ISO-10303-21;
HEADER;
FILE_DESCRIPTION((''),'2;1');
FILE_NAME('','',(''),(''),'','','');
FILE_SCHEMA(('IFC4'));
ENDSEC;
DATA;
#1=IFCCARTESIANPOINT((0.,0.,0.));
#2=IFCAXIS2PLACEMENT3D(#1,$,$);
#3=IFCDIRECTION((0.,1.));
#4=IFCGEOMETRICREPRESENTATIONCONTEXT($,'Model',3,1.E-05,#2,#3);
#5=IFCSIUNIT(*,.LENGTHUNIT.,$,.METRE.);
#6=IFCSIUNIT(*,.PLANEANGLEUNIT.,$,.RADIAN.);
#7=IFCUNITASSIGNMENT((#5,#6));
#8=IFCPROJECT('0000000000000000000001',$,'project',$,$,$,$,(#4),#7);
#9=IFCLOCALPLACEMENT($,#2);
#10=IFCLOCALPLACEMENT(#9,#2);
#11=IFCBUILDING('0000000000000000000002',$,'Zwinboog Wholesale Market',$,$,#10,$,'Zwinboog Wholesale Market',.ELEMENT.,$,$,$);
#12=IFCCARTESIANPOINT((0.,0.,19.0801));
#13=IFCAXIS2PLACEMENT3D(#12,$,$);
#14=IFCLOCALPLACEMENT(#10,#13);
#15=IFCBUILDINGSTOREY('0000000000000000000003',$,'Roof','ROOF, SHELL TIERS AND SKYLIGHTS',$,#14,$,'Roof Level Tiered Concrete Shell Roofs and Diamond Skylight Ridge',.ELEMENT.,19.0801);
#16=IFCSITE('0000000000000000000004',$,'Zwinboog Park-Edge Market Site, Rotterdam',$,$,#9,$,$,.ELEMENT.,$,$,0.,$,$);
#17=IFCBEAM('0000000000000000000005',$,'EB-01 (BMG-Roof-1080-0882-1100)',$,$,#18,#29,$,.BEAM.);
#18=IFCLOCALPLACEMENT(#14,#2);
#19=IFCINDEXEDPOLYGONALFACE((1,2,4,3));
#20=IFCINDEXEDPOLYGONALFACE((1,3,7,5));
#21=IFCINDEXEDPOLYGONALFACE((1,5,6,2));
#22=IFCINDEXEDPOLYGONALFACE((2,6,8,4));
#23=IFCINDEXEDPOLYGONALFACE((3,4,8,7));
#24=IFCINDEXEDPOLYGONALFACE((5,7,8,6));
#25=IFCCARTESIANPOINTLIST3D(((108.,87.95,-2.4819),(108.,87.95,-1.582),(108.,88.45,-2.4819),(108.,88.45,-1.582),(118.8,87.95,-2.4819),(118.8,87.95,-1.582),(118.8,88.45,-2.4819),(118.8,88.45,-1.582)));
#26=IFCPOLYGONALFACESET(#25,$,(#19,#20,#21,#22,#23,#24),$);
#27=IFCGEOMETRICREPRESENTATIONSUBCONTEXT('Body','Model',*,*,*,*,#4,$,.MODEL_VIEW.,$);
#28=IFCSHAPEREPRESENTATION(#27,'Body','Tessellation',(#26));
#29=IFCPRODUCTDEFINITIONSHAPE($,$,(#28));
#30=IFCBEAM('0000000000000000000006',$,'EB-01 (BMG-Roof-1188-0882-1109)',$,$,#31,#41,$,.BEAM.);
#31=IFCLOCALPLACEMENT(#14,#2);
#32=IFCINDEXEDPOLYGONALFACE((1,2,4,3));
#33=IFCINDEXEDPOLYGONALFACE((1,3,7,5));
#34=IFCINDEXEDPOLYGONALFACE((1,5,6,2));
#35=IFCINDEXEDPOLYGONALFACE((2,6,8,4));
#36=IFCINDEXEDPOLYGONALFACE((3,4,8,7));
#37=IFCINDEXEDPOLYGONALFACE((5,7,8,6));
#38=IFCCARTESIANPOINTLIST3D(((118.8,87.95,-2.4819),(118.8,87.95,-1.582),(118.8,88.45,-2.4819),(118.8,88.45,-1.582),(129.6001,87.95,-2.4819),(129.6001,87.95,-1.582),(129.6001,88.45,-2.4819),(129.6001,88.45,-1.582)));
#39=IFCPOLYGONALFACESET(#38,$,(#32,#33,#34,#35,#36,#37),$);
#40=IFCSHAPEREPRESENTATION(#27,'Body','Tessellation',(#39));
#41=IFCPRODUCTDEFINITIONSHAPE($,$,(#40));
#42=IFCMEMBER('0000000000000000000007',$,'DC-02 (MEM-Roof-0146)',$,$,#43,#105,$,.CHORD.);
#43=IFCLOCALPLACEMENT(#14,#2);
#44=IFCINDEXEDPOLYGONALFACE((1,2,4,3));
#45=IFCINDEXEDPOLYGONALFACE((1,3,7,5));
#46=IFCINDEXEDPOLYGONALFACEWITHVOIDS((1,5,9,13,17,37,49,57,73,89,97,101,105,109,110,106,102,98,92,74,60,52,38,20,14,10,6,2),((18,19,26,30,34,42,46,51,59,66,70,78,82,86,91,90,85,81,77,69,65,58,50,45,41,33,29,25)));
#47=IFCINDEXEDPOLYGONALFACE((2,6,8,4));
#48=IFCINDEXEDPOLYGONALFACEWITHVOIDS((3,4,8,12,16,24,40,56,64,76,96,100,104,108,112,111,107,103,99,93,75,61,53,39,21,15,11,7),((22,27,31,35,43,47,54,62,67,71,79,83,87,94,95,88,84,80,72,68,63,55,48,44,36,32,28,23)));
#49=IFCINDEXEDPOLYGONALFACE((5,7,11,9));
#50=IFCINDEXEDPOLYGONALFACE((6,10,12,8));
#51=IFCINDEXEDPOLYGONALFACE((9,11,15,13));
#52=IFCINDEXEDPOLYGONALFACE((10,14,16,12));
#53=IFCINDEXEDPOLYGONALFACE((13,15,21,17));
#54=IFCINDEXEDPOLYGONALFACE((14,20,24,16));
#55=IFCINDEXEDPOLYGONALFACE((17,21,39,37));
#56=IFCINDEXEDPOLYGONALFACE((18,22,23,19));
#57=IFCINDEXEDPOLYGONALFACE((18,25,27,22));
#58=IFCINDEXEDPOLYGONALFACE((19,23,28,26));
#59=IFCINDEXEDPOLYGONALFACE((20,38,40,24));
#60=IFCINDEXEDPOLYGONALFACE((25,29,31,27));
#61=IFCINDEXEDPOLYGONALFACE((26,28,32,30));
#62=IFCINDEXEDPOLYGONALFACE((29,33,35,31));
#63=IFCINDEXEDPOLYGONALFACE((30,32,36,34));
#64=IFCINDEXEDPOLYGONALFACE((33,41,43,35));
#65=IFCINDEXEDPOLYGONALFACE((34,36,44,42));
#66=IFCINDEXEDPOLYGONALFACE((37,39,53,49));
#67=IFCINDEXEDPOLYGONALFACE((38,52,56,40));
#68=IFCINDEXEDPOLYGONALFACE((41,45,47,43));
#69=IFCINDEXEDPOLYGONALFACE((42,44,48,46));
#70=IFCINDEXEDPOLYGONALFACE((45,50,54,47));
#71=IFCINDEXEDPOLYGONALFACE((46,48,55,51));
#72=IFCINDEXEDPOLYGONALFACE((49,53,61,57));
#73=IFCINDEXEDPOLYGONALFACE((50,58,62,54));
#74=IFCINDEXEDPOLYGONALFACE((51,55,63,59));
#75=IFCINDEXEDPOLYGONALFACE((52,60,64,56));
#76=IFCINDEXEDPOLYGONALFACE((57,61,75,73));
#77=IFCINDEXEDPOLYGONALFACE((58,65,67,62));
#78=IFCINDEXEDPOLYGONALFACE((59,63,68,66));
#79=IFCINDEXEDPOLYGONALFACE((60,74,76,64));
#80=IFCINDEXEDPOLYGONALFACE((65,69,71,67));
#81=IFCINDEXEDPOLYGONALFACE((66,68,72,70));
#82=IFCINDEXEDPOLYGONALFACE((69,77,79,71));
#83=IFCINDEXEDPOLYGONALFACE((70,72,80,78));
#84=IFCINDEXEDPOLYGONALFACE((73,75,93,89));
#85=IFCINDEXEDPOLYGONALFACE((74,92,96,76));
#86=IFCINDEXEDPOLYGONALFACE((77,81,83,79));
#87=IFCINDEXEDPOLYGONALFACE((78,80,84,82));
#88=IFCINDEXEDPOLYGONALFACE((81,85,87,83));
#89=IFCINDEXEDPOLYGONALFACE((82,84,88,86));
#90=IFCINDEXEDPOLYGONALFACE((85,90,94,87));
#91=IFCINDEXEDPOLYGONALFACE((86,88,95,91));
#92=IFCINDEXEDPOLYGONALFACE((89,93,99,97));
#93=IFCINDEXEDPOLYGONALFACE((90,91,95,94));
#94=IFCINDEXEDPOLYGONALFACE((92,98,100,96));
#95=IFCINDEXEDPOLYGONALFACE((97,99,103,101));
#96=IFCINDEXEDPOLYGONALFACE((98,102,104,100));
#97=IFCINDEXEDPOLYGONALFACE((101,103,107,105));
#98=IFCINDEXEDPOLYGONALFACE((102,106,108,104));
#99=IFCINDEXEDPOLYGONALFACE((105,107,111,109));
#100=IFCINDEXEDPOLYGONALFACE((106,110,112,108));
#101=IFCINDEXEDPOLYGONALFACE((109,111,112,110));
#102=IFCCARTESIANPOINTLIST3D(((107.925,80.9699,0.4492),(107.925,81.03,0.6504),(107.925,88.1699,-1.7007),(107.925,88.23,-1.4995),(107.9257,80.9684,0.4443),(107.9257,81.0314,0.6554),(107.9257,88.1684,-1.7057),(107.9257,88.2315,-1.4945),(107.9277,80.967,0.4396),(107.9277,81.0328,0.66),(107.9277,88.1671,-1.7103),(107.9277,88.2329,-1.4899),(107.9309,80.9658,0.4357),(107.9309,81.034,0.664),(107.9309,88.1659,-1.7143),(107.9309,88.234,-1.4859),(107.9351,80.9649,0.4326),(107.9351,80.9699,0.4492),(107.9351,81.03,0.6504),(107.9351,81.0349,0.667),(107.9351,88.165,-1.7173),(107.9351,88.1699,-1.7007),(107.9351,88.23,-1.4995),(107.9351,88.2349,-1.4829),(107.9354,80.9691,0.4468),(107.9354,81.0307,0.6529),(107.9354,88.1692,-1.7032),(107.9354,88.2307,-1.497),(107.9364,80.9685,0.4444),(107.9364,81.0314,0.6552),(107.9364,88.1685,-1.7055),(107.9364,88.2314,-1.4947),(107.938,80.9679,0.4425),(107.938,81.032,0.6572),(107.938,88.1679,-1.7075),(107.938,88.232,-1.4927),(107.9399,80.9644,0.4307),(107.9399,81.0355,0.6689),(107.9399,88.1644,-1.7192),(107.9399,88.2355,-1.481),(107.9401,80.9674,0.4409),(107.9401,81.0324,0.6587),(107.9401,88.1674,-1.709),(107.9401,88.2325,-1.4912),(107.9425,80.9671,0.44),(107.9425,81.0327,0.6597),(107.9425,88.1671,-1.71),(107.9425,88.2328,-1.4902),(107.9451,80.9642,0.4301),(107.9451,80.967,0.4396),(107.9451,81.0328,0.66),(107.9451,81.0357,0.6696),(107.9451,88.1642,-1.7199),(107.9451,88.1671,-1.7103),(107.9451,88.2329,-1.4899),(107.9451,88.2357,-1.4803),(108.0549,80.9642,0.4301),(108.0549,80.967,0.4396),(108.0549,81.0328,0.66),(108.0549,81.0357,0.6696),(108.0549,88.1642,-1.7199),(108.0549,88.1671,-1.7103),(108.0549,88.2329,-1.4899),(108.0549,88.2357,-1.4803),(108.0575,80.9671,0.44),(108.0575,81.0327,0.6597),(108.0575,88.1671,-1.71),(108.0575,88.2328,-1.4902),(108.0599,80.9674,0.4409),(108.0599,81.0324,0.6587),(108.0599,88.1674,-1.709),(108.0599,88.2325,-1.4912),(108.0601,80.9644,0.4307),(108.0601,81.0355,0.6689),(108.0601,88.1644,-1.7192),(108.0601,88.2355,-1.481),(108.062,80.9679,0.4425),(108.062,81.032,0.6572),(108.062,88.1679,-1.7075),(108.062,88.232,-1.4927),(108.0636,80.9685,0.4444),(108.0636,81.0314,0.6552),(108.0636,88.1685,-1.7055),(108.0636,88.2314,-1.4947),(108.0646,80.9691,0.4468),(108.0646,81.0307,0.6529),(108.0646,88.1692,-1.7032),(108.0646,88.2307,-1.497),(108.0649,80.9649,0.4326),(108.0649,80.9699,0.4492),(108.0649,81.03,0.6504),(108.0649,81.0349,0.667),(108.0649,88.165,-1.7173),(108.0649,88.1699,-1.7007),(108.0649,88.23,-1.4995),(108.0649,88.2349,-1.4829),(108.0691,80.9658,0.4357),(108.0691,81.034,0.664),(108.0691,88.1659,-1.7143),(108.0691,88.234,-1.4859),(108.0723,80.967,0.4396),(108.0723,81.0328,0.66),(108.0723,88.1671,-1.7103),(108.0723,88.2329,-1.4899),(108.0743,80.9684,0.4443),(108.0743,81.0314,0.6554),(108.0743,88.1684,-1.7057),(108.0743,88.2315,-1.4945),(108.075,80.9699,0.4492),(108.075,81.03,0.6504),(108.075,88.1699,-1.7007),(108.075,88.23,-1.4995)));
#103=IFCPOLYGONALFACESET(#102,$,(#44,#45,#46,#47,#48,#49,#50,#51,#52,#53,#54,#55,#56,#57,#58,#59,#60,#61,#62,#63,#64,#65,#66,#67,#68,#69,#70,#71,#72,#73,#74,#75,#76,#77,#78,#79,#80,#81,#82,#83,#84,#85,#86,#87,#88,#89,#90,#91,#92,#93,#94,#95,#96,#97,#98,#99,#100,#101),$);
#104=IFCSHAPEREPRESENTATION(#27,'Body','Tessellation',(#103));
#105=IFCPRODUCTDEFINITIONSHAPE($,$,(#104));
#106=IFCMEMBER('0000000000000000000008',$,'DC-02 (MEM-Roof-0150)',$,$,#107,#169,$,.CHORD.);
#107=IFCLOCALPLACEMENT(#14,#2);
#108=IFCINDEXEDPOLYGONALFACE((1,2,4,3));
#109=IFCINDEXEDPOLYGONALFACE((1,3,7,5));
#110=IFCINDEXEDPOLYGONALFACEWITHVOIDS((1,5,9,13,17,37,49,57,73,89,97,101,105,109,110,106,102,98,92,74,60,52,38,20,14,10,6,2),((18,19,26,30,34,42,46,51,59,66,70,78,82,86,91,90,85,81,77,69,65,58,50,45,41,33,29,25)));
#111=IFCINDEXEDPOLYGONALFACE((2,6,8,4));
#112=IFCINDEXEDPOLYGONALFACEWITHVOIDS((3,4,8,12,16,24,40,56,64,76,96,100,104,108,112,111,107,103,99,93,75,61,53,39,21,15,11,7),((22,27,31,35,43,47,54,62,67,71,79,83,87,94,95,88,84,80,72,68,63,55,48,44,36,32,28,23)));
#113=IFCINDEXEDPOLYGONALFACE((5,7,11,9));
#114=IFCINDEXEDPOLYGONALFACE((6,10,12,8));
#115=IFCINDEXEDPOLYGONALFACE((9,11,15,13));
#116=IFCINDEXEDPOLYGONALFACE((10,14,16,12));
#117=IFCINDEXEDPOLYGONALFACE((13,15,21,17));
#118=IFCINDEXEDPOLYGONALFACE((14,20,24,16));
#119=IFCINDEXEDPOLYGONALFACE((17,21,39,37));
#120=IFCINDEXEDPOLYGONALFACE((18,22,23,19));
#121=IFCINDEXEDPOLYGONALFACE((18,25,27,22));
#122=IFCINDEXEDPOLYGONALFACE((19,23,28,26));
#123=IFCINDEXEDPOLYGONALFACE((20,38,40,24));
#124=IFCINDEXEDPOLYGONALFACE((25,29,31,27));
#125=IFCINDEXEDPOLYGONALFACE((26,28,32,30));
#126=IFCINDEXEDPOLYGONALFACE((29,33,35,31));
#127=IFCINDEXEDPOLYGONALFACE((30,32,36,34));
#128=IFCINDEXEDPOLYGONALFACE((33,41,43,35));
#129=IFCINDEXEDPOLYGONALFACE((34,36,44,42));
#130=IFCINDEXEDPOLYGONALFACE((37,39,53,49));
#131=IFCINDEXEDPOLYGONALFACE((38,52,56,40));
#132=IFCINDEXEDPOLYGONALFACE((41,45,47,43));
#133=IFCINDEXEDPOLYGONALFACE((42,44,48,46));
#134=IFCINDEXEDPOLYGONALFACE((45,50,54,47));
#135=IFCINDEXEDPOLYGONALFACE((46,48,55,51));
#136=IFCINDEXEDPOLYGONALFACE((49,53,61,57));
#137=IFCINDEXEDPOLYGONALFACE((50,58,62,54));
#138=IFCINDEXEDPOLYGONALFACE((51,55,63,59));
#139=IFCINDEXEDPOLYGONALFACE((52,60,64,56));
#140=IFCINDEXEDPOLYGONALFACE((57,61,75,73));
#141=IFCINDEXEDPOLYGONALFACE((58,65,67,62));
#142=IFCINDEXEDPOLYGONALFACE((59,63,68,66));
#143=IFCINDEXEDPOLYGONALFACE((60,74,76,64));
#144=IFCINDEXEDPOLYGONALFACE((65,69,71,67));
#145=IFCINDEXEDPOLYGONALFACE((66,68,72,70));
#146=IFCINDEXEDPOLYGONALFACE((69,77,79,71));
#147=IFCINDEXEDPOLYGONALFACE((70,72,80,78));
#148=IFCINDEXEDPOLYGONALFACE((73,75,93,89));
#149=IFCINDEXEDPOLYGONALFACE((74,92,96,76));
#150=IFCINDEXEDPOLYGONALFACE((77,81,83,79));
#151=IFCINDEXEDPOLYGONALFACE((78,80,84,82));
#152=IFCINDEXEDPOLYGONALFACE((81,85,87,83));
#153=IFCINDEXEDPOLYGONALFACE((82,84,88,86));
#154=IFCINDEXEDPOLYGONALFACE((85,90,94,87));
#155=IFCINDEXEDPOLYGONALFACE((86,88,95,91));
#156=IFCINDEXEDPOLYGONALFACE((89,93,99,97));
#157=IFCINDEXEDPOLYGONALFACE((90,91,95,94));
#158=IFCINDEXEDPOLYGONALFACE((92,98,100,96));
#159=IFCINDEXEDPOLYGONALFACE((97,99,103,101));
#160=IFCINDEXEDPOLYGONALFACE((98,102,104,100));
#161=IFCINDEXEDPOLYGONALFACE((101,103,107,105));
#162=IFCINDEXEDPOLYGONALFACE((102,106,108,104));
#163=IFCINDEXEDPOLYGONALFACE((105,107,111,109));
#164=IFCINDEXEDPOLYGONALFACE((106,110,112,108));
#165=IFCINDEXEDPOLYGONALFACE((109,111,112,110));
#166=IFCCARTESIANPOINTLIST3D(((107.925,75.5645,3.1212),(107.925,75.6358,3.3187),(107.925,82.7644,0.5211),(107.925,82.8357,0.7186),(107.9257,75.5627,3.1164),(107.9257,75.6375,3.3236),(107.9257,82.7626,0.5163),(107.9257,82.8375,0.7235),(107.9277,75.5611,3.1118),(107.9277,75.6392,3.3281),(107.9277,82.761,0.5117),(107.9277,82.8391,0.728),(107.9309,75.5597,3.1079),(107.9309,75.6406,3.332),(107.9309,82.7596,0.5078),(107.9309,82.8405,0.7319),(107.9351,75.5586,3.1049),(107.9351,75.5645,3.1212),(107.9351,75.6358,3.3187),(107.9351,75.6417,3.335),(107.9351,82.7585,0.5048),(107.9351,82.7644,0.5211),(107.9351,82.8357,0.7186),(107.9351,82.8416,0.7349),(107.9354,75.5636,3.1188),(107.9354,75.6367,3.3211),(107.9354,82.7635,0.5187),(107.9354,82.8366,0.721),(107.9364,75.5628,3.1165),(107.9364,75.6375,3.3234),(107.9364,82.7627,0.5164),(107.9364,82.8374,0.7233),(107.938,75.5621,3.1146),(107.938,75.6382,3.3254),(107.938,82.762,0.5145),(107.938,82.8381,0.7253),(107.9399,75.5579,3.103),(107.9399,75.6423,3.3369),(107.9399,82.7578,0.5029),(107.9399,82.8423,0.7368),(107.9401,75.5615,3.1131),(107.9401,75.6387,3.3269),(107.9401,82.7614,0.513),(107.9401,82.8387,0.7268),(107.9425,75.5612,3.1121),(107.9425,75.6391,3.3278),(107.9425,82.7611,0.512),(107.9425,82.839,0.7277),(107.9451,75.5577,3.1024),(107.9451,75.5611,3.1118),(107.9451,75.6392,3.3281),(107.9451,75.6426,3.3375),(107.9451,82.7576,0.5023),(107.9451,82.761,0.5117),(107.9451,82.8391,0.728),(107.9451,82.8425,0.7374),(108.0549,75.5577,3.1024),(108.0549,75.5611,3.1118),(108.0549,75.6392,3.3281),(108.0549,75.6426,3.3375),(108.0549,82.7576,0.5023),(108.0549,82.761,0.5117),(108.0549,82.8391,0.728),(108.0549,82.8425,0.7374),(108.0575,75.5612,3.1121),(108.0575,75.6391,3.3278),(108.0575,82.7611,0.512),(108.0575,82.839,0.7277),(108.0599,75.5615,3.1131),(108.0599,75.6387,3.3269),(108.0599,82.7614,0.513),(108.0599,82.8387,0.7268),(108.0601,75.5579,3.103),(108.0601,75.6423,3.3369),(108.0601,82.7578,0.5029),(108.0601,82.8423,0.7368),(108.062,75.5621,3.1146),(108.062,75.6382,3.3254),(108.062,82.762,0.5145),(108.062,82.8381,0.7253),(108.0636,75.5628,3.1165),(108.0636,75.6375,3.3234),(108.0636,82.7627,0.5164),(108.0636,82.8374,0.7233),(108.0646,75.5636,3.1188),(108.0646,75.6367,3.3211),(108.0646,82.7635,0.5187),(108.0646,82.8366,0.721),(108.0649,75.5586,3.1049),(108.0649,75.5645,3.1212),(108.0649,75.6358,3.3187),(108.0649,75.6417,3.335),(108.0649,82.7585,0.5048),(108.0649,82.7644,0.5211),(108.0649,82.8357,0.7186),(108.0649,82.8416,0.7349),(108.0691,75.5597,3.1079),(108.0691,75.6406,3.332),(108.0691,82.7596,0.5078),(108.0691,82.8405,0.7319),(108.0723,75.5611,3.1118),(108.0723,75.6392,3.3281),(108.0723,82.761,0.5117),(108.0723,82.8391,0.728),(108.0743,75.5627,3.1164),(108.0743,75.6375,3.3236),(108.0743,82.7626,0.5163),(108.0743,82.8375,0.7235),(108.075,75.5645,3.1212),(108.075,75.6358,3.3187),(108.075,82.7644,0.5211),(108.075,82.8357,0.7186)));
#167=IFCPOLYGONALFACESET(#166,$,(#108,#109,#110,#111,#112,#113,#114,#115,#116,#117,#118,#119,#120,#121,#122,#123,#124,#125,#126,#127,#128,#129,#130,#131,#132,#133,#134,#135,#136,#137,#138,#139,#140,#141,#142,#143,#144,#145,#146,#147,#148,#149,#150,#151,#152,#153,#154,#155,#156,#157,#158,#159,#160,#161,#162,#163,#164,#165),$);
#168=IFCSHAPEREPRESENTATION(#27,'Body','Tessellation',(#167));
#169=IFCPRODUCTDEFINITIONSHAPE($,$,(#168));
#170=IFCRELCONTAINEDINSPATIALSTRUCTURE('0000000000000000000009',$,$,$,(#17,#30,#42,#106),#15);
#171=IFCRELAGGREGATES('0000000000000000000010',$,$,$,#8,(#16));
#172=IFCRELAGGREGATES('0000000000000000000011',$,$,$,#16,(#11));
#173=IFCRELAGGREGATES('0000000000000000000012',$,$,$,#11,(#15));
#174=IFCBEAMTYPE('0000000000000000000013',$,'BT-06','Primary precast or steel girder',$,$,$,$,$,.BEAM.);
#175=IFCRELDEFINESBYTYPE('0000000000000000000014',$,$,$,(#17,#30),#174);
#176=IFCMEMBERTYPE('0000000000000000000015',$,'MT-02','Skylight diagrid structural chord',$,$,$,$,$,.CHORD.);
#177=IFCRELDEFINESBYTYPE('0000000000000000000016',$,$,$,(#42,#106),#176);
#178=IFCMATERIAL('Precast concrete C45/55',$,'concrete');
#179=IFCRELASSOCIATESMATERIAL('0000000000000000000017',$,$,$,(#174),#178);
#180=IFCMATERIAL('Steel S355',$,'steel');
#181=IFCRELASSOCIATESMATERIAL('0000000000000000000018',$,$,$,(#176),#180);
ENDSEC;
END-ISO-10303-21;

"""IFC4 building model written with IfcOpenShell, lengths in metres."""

from ifc_helpers import new_model, si_unit, direction, frame, origin, origin_2d, place, context, subcontext, project, spatial, rectangle, hollow_rectangle, extrude, material, material_profile, profile_set, type_object, element, save


model = new_model("IFC4")

# Units and contexts
model_context = context("Model", 3, precision=1e-05, world=origin(), true_north=direction((0.0, 1.0)))
body_context = subcontext(model_context, "Body", "Model", "MODEL_VIEW")
ifc_project = project(units=[si_unit("LENGTHUNIT", "METRE"), si_unit("PLANEANGLEUNIT", "RADIAN")], contexts=[model_context])

# Site, building, storey
site_placement = place(None, origin())
site = spatial("IfcSite", under=ifc_project, at=site_placement, Name="Zwinboog Park-Edge Market Site, Rotterdam", CompositionType="ELEMENT", RefElevation=0.0)
building_placement = place(site_placement, origin())
building = spatial("IfcBuilding", under=site, at=building_placement, Name="Zwinboog Wholesale Market", LongName="Zwinboog Wholesale Market", CompositionType="ELEMENT")
storey_placement = place(building_placement, frame((0.0, 0.0, 19.0801)))
storey = spatial("IfcBuildingStorey", under=building, at=storey_placement, Name="Roof", Description="ROOF, SHELL TIERS AND SKYLIGHTS", LongName="Roof Level Tiered Concrete Shell Roofs and Diamond Skylight Ridge", CompositionType="ELEMENT", Elevation=19.0801)

# Beams
ifc_material_1 = material(Name="Precast concrete C45/55", Category="concrete")
ifc_material_profile_1 = material_profile(ifc_material_1, rectangle(XDim=0.5, YDim=0.8999, at=origin_2d()), Name="PC 500x900")
ifc_profile_set_1 = profile_set([ifc_material_profile_1], Name="Precast concrete C45/55")
beam_type = type_object("IfcBeamType", Name="BT-06", Description="Primary precast or steel girder", PredefinedType="BEAM", material=ifc_profile_set_1)
for number, where, z_axis, x_axis, name in (
    (1, (108.0, 88.2, -2.032), (1.0, 0.0, 0.0), (0.0, 1.0, 0.0), "EB-01 (BMG-Roof-1080-0882-1100)"),
    (2, (118.8, 88.2, -2.032), (1.0, 0.0, 0.0), (0.0, 1.0, 0.0), "EB-01 (BMG-Roof-1188-0882-1109)"),
):
    element("IfcBeam", number, at=place(storey_placement, frame(where, z_axis=z_axis, x_axis=x_axis)), inside=storey, type_object=beam_type, Name=name, PredefinedType="BEAM", context=body_context, shape_type="SweptSolid", body=[
        extrude(rectangle(XDim=0.5, YDim=0.8999, at=origin_2d()), origin(), (0.0, 0.0, 1.0), 10.8),
    ])

# Members
ifc_material_2 = material(Name="Steel S355", Category="steel")
ifc_material_profile_2 = material_profile(ifc_material_2, hollow_rectangle(XDim=0.1499, YDim=0.25, WallThickness=0.01, InnerFilletRadius=0.01, OuterFilletRadius=0.02, at=origin_2d()), Name="RHS 250x150x10")
ifc_profile_set_2 = profile_set([ifc_material_profile_2], Name="Steel S355")
member_type_1 = type_object("IfcMemberType", Name="MT-02", Description="Skylight diagrid structural chord", PredefinedType="CHORD", material=ifc_profile_set_2)
member_1_placement = place(storey_placement, frame((108.0, 88.2, -1.6001), z_axis=(0.0, -0.958195, 0.286117), x_axis=(1.0, 0.0, 0.0)))
element("IfcMember", 3, at=member_1_placement, inside=storey, type_object=member_type_1, Name="DC-02 (MEM-Roof-0146)", PredefinedType="CHORD", context=body_context, shape_type="SweptSolid", body=[
    extrude(hollow_rectangle(XDim=0.1499, YDim=0.25, WallThickness=0.01, InnerFilletRadius=0.01, OuterFilletRadius=0.02, at=origin_2d()), origin(), (0.0, 0.0, 1.0), 7.5142),
])
member_2_placement = place(storey_placement, frame((108.0, 82.8, 0.6199), z_axis=(0.0, -0.940549, 0.339658), x_axis=(1.0, 0.0, 0.0)))
element("IfcMember", 4, at=member_2_placement, inside=storey, type_object=member_type_1, Name="DC-02 (MEM-Roof-0150)", PredefinedType="CHORD", context=body_context, shape_type="SweptSolid", body=[
    extrude(hollow_rectangle(XDim=0.1499, YDim=0.25, WallThickness=0.01, InnerFilletRadius=0.01, OuterFilletRadius=0.02, at=origin_2d()), origin(), (0.0, 0.0, 1.0), 7.655),
])

save(model, "model.ifc")
